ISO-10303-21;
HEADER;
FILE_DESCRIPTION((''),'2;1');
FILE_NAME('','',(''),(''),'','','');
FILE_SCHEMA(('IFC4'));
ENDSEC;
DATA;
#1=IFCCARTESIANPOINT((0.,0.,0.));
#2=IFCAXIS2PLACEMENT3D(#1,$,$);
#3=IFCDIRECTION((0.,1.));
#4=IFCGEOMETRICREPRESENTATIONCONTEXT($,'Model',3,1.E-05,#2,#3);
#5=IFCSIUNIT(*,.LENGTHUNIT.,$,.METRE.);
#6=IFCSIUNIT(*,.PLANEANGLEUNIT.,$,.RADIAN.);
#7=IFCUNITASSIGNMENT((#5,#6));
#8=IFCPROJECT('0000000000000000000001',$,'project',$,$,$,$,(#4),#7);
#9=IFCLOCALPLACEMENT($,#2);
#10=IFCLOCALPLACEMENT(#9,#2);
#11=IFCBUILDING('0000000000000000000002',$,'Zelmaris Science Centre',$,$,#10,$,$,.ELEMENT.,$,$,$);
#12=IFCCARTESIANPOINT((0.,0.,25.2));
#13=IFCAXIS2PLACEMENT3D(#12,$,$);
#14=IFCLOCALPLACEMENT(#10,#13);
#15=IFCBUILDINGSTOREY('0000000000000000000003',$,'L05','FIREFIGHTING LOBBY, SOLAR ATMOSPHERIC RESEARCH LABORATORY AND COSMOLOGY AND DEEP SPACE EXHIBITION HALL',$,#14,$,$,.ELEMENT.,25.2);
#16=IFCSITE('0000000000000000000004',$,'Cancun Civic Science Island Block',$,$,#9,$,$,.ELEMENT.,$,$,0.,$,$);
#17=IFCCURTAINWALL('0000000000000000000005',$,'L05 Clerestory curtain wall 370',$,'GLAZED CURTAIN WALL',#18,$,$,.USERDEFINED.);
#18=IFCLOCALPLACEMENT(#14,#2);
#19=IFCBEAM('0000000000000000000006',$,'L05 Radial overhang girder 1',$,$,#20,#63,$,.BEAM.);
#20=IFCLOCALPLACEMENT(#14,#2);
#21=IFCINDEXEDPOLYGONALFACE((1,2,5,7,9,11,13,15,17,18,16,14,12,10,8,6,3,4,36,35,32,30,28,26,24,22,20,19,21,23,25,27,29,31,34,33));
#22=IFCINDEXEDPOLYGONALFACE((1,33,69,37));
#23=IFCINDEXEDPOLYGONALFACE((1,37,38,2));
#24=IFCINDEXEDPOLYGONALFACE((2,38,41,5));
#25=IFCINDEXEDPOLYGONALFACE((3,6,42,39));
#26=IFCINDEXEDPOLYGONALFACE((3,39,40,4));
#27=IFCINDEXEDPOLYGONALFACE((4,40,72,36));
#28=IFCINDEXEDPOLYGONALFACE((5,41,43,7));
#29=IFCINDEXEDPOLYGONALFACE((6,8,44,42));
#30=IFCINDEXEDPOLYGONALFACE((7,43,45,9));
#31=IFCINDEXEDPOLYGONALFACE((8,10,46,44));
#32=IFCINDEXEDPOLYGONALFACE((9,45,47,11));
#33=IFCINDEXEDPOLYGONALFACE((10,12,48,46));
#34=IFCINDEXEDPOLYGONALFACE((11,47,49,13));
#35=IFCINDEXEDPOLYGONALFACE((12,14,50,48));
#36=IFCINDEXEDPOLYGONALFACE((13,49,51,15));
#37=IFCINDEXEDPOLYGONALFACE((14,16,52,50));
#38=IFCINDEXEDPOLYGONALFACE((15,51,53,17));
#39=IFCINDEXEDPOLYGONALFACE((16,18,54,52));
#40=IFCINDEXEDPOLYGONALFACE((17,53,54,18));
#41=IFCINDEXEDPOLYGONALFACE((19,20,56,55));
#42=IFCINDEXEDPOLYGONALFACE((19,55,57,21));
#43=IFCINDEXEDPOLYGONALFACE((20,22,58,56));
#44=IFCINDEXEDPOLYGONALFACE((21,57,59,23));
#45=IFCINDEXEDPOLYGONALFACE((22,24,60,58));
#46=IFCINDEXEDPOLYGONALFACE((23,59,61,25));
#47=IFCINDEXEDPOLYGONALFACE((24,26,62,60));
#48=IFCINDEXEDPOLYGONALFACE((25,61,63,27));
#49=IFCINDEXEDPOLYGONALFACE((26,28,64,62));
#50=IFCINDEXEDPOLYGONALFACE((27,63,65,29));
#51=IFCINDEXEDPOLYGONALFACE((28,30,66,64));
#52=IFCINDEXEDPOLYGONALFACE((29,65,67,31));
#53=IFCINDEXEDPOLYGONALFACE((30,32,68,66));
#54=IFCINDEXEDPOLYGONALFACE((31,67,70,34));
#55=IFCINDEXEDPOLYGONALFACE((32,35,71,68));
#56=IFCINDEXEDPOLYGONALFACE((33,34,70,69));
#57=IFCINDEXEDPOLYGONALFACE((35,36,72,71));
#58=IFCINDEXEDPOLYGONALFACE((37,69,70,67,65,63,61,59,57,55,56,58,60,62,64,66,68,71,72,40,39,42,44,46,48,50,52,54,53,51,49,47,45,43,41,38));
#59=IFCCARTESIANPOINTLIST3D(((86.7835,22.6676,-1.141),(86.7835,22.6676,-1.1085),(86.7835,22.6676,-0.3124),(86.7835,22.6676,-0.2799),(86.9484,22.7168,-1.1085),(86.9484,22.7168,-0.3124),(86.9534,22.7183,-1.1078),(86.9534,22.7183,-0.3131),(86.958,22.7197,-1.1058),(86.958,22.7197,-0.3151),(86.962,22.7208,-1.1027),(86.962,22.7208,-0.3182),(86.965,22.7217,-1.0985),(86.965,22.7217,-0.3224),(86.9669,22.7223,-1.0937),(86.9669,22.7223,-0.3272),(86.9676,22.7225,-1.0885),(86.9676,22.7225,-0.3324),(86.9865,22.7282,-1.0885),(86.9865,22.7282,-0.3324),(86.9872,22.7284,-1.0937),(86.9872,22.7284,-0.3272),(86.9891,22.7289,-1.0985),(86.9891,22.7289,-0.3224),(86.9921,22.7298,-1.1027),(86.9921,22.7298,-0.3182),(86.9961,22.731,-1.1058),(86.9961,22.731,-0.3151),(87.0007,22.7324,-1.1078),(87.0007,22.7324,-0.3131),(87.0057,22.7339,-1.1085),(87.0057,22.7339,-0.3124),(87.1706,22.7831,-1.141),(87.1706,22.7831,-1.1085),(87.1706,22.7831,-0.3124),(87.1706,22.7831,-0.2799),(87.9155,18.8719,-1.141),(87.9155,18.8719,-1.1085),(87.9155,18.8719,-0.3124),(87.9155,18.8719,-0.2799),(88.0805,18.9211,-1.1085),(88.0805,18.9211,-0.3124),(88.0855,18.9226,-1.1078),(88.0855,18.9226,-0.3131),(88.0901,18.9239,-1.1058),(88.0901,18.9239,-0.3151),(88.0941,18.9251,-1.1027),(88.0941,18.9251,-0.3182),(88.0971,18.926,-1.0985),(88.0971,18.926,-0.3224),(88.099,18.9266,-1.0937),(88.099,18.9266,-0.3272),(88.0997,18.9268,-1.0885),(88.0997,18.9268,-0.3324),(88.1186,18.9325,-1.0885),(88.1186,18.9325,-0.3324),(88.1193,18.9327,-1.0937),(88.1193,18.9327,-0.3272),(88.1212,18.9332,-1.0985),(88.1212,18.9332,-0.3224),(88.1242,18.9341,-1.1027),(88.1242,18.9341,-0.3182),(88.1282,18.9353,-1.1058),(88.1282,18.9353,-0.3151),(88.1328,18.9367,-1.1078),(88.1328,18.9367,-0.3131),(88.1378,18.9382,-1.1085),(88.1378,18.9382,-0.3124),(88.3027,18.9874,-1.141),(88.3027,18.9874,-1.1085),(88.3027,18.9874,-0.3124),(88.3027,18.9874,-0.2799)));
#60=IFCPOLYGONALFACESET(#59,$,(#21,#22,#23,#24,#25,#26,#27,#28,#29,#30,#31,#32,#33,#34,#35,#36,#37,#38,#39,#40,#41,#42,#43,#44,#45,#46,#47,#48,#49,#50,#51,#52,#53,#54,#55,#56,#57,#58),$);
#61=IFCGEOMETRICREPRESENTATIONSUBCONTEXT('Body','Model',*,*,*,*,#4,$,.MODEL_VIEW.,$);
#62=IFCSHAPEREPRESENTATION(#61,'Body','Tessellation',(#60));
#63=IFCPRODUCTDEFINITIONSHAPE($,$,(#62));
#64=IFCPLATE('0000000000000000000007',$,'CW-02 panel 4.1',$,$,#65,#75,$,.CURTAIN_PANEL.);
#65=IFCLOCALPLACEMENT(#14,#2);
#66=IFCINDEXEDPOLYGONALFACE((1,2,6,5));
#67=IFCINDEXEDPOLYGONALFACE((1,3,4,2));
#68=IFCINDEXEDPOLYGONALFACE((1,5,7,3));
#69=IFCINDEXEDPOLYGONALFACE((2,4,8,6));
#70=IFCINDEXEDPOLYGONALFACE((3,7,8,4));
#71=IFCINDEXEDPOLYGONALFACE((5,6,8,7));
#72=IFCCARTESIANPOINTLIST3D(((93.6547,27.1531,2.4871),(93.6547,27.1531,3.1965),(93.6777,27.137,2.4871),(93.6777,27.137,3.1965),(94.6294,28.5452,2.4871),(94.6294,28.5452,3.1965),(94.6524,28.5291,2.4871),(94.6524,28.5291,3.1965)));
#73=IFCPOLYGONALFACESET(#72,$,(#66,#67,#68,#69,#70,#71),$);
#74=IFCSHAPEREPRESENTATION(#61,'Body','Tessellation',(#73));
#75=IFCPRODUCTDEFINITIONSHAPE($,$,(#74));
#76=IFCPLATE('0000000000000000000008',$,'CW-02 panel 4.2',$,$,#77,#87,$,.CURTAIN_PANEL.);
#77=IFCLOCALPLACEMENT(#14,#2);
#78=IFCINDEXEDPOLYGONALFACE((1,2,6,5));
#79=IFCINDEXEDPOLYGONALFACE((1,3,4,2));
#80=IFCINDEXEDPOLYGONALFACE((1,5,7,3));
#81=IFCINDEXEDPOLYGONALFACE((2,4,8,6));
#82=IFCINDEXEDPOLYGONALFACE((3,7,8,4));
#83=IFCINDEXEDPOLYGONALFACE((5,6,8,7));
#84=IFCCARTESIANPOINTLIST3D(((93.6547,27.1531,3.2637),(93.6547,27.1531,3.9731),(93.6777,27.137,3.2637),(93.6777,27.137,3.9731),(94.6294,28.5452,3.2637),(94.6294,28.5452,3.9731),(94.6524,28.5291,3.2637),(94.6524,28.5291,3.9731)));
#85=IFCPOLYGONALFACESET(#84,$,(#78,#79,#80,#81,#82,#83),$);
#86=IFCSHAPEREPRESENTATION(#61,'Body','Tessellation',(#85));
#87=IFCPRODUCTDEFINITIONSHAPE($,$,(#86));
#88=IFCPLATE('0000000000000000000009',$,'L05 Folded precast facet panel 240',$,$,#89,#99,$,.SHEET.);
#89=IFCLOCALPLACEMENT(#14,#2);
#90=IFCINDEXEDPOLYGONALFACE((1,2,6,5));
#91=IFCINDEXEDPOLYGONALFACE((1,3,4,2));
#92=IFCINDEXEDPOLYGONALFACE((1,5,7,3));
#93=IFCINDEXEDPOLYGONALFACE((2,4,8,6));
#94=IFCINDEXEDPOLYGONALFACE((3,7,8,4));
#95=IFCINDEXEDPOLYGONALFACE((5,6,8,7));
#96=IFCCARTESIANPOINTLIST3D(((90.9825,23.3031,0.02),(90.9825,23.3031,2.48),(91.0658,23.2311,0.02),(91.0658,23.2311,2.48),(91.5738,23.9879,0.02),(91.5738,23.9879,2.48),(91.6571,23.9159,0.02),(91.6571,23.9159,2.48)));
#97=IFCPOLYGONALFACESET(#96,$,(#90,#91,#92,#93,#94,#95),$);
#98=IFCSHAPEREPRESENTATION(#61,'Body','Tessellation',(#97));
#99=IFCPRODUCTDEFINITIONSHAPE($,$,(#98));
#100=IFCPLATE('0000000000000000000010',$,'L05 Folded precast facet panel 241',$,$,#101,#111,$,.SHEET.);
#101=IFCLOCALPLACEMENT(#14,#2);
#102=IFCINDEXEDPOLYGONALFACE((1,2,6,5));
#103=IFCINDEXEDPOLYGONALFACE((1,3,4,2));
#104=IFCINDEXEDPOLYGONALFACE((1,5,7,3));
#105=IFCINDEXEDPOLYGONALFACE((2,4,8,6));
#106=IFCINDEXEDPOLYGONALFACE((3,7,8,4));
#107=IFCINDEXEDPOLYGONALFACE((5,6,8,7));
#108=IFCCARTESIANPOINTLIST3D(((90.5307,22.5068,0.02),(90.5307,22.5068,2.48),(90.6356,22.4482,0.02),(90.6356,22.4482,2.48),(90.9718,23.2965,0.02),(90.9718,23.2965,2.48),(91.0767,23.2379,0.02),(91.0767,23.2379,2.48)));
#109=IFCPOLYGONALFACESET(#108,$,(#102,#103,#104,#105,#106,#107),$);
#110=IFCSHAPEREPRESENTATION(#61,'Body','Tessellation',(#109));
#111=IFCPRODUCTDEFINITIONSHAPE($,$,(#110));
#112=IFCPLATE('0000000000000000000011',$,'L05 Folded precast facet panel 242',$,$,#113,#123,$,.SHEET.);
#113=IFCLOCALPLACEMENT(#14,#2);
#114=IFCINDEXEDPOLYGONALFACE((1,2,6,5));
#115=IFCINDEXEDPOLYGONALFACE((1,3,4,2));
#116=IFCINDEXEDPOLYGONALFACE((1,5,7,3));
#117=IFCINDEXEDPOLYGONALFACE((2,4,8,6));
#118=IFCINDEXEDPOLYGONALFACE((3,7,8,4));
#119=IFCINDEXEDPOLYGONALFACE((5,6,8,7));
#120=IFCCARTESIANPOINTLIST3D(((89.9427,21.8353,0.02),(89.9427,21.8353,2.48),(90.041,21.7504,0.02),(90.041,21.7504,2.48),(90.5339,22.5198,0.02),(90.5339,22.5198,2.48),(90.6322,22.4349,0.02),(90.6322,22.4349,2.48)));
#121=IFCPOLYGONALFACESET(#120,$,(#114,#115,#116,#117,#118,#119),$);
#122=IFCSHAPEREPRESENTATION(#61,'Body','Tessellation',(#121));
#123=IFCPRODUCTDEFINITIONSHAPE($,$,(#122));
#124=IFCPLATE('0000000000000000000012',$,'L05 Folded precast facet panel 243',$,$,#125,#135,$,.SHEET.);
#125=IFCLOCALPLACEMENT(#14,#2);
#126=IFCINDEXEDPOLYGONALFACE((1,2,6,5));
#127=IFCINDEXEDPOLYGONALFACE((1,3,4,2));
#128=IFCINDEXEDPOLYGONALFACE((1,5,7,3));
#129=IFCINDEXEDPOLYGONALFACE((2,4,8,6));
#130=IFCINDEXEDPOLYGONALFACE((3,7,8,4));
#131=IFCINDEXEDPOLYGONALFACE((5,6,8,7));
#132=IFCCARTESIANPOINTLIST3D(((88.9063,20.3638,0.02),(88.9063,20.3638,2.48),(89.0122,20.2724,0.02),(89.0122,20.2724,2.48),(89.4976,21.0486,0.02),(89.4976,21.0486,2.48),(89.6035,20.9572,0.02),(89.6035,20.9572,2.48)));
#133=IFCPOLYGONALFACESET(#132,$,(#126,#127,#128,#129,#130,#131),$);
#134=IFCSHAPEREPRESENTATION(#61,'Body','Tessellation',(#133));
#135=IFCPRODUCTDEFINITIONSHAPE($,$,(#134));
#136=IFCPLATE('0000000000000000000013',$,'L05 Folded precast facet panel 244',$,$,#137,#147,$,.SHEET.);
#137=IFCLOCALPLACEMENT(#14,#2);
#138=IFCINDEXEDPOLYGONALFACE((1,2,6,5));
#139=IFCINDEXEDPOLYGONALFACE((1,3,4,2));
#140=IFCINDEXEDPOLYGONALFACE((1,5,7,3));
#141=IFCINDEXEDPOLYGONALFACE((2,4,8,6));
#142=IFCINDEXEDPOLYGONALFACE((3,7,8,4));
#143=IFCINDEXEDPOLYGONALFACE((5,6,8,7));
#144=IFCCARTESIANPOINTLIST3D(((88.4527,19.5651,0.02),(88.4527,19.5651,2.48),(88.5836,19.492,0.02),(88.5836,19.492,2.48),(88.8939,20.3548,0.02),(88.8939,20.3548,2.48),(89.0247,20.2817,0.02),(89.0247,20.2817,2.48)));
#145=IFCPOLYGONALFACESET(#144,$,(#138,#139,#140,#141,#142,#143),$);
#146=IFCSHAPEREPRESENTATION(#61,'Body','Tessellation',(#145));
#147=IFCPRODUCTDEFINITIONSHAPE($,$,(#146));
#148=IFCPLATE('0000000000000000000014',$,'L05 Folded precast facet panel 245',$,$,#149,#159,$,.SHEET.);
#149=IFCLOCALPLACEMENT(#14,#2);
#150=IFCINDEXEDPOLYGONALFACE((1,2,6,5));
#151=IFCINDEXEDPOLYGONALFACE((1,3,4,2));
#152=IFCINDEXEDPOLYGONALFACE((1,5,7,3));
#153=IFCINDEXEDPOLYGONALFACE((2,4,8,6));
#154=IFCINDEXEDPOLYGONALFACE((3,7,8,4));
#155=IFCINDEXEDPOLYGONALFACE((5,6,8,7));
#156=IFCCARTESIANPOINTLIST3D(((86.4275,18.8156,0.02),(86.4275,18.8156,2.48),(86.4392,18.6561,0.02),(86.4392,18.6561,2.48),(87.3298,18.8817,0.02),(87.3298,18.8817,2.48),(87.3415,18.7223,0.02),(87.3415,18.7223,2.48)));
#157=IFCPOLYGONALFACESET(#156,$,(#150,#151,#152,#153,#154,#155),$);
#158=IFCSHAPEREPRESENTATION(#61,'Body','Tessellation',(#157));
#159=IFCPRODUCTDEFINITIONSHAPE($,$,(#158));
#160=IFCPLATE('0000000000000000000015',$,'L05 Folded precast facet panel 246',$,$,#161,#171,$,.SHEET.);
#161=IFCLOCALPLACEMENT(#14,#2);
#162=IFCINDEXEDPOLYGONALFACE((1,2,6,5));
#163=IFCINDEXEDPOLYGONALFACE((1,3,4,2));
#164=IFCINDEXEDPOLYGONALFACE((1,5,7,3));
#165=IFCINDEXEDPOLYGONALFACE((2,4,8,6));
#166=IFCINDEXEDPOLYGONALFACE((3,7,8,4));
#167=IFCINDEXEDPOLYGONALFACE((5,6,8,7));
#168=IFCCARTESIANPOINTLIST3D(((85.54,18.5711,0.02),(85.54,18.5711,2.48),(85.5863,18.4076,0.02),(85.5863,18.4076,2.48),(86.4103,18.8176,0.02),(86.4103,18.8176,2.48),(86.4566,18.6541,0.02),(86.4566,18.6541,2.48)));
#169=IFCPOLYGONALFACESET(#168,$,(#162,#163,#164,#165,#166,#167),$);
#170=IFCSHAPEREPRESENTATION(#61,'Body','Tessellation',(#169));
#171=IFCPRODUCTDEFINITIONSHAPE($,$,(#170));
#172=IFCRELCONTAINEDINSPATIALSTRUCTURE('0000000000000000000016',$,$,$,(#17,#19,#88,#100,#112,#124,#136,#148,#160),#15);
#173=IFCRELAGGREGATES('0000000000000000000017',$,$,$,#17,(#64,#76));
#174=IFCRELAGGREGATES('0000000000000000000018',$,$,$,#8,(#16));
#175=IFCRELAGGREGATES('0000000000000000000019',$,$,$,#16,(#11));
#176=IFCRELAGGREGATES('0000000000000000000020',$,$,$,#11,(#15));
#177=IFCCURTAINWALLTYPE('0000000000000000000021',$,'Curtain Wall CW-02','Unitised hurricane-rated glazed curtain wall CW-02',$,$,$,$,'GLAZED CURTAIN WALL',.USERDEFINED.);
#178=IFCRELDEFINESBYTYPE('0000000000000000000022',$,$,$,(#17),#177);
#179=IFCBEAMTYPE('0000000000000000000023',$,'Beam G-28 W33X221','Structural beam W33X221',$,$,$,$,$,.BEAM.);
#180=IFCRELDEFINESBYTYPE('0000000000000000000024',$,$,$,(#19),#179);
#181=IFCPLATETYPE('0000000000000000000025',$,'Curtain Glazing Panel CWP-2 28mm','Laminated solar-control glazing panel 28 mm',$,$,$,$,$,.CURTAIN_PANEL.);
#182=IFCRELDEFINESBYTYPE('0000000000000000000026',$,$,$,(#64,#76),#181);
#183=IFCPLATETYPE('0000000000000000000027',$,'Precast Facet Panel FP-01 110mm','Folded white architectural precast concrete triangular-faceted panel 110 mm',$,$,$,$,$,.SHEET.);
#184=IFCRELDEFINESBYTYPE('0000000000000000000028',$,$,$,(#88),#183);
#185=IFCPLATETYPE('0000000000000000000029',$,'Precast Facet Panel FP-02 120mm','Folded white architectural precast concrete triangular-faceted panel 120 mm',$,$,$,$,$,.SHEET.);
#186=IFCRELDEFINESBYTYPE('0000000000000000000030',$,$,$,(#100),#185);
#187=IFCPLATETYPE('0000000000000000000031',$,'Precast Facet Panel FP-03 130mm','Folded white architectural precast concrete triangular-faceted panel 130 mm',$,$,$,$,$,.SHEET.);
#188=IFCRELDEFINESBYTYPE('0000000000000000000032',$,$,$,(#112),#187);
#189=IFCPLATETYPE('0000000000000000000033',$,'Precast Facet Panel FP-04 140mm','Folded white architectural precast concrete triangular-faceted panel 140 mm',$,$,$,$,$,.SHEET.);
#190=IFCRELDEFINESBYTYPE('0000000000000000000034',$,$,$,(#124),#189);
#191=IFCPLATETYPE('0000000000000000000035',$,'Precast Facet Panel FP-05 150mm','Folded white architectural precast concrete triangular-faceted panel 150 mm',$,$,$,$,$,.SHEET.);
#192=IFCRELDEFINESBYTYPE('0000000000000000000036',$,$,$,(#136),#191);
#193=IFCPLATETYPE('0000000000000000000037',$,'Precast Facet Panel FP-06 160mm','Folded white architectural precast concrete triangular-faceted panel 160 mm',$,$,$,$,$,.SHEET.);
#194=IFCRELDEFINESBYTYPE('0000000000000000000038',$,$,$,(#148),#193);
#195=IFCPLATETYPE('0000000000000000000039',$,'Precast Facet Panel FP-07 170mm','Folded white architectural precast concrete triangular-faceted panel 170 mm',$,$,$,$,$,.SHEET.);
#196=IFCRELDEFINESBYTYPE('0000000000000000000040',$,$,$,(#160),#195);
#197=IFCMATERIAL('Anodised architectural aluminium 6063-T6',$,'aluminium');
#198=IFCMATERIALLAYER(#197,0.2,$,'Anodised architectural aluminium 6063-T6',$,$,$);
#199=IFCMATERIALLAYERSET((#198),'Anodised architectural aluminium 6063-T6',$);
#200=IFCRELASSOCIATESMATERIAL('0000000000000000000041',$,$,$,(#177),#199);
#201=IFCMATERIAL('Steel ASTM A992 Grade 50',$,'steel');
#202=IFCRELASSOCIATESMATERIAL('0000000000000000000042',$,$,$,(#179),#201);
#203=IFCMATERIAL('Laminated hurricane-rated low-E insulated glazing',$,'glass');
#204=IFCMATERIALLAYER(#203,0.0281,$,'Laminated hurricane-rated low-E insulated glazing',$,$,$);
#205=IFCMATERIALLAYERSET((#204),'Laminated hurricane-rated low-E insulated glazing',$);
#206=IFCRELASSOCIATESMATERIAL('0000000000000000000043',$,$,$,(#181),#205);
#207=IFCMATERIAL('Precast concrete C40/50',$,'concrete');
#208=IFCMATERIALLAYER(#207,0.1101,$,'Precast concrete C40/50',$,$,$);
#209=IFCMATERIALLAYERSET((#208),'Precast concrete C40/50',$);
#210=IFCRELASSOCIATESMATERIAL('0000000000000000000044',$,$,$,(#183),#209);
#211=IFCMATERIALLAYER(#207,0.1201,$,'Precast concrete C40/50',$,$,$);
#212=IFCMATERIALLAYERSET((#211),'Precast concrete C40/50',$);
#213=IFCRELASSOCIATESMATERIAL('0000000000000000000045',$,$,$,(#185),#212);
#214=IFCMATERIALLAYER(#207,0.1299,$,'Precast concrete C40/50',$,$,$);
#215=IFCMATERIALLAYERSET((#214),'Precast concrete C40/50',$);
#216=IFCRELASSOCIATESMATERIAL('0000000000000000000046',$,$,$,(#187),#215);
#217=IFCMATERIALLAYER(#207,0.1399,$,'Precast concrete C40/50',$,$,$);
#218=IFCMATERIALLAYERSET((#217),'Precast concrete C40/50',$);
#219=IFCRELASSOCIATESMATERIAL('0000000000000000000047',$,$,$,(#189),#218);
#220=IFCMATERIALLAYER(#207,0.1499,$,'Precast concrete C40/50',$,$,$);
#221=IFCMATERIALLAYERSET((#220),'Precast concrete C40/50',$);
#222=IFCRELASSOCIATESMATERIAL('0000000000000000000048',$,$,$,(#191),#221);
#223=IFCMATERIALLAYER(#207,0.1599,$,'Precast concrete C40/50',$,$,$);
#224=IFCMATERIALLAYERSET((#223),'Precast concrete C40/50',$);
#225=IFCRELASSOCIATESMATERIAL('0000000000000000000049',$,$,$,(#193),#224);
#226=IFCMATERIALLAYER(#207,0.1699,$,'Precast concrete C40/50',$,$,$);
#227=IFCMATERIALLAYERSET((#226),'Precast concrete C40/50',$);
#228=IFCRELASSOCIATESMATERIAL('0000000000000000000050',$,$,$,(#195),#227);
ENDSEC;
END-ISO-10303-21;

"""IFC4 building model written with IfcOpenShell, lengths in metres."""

from ifc_helpers import new_model, si_unit, direction, frame, frame_2d, origin, origin_2d, place, context, subcontext, project, spatial, rectangle, i_section, extrude, material, layer, layer_set, material_profile, profile_set, type_object, element, aggregate, save


model = new_model("IFC4")

# Units and contexts
model_context = context("Model", 3, precision=1e-05, world=origin(), true_north=direction((0.0, 1.0)))
body_context = subcontext(model_context, "Body", "Model", "MODEL_VIEW")
ifc_project = project(units=[si_unit("LENGTHUNIT", "METRE"), si_unit("PLANEANGLEUNIT", "RADIAN")], contexts=[model_context])

# Site, building, storey
site_placement = place(None, origin())
site = spatial("IfcSite", under=ifc_project, at=site_placement, Name="Cancun Civic Science Island Block", CompositionType="ELEMENT", RefElevation=0.0)
building_placement = place(site_placement, origin())
building = spatial("IfcBuilding", under=site, at=building_placement, Name="Zelmaris Science Centre", CompositionType="ELEMENT")
storey_placement = place(building_placement, frame((0.0, 0.0, 25.2)))
storey = spatial("IfcBuildingStorey", under=building, at=storey_placement, Name="L05", Description="FIREFIGHTING LOBBY, SOLAR ATMOSPHERIC RESEARCH LABORATORY AND COSMOLOGY AND DEEP SPACE EXHIBITION HALL", CompositionType="ELEMENT", Elevation=25.2)

# Shared definitions
ifc_material_1 = material(Name="Steel ASTM A992 Grade 50", Category="steel")

# Curtain wall
ifc_material_2 = material(Name="Anodised architectural aluminium 6063-T6", Category="aluminium")
ifc_layer_1 = layer(ifc_material_2, 0.2, Name="Anodised architectural aluminium 6063-T6")
ifc_layer_set_1 = layer_set([ifc_layer_1], Name="Anodised architectural aluminium 6063-T6")
curtain_wall_type = type_object("IfcCurtainWallType", Name="Curtain Wall CW-02", Description="Unitised hurricane-rated glazed curtain wall CW-02", ElementType="GLAZED CURTAIN WALL", PredefinedType="USERDEFINED", material=ifc_layer_set_1)
curtain_wall_placement = place(storey_placement, origin())
curtain_wall = element("IfcCurtainWall", 1, at=curtain_wall_placement, inside=storey, type_object=curtain_wall_type, Name="L05 Clerestory curtain wall 370", ObjectType="GLAZED CURTAIN WALL", PredefinedType="USERDEFINED")

# Beam
ifc_material_profile_1 = material_profile(ifc_material_1, i_section(OverallWidth=0.4041, OverallDepth=0.8611, WebThickness=0.0198, FlangeThickness=0.0325, FilletRadius=0.02, at=origin_2d()), Name="W33X221")
ifc_profile_set_1 = profile_set([ifc_material_profile_1], Name="Steel ASTM A992 Grade 50")
beam_type_1 = type_object("IfcBeamType", Name="Beam G-28 W33X221", Description="Structural beam W33X221", PredefinedType="BEAM", material=ifc_profile_set_1)
beam_1_placement = place(storey_placement, frame((86.9771, 22.7253, -0.7104), z_axis=(0.285815, -0.958285, 0.0), x_axis=(0.958285, 0.285815, 0.0)))
element("IfcBeam", 2, at=beam_1_placement, inside=storey, type_object=beam_type_1, Name="L05 Radial overhang girder 1", PredefinedType="BEAM", context=body_context, shape_type="SweptSolid", body=[
    extrude(i_section(OverallWidth=0.4041, OverallDepth=0.8611, WebThickness=0.0198, FlangeThickness=0.0325, FilletRadius=0.02, at=origin_2d()), origin(), (0.0, 0.0, 1.0), 3.9609),
])

# Plates
ifc_material_3 = material(Name="Laminated hurricane-rated low-E insulated glazing", Category="glass")
ifc_layer_2 = layer(ifc_material_3, 0.0281, Name="Laminated hurricane-rated low-E insulated glazing")
ifc_layer_set_2 = layer_set([ifc_layer_2], Name="Laminated hurricane-rated low-E insulated glazing")
plate_type_1 = type_object("IfcPlateType", Name="Curtain Glazing Panel CWP-2 28mm", Description="Laminated solar-control glazing panel 28 mm", PredefinedType="CURTAIN_PANEL", material=ifc_layer_set_2)
plate_1_placement = place(storey_placement, frame((94.1536, 27.8411, 2.4871), z_axis=(0.0, 0.0, 1.0), x_axis=(-0.573574, -0.819153, 0.0)))
plate_1 = element("IfcPlate", 3, at=plate_1_placement, type_object=plate_type_1, Name="CW-02 panel 4.1", PredefinedType="CURTAIN_PANEL", context=body_context, shape_type="SweptSolid", body=[
    extrude(rectangle(XDim=1.6995, YDim=0.0281, at=origin_2d()), origin(), (0.0, 0.0, 1.0), 0.7095),
])
plate_2_placement = place(storey_placement, frame((94.1536, 27.8411, 3.2637), z_axis=(0.0, 0.0, 1.0), x_axis=(-0.573574, -0.819153, 0.0)))
plate_2 = element("IfcPlate", 4, at=plate_2_placement, type_object=plate_type_1, Name="CW-02 panel 4.2", PredefinedType="CURTAIN_PANEL", context=body_context, shape_type="SweptSolid", body=[
    extrude(rectangle(XDim=1.6995, YDim=0.0281, at=origin_2d()), origin(), (0.0, 0.0, 1.0), 0.7095),
])
aggregate(curtain_wall, [plate_1, plate_2])

# Plates
ifc_material_4 = material(Name="Precast concrete C40/50", Category="concrete")
ifc_layer_3 = layer(ifc_material_4, 0.1101, Name="Precast concrete C40/50")
ifc_layer_set_3 = layer_set([ifc_layer_3], Name="Precast concrete C40/50")
plate_type_2 = type_object("IfcPlateType", Name="Precast Facet Panel FP-01 110mm", Description="Folded white architectural precast concrete triangular-faceted panel 110 mm", PredefinedType="SHEET", material=ifc_layer_set_3)
plate_3_placement = place(storey_placement, frame((91.6155, 23.9519, 0.02), z_axis=(0.0, 0.0, 1.0), x_axis=(-0.653543, -0.75689, 0.0)))
element("IfcPlate", 5, at=plate_3_placement, inside=storey, type_object=plate_type_2, Name="L05 Folded precast facet panel 240", PredefinedType="SHEET", context=body_context, shape_type="SweptSolid", body=[
    extrude(rectangle(XDim=0.9048, YDim=0.1101, at=frame_2d((0.4524, 0.0))), origin(), (0.0, 0.0, 1.0), 2.46),
])
ifc_layer_4 = layer(ifc_material_4, 0.1201, Name="Precast concrete C40/50")
ifc_layer_set_4 = layer_set([ifc_layer_4], Name="Precast concrete C40/50")
plate_type_3 = type_object("IfcPlateType", Name="Precast Facet Panel FP-02 120mm", Description="Folded white architectural precast concrete triangular-faceted panel 120 mm", PredefinedType="SHEET", material=ifc_layer_set_4)
plate_4_placement = place(storey_placement, frame((91.0242, 23.2671, 0.02), z_axis=(0.0, 0.0, 1.0), x_axis=(-0.487658, -0.873035, 0.0)))
element("IfcPlate", 6, at=plate_4_placement, inside=storey, type_object=plate_type_3, Name="L05 Folded precast facet panel 241", PredefinedType="SHEET", context=body_context, shape_type="SweptSolid", body=[
    extrude(rectangle(XDim=0.9045, YDim=0.1201, at=frame_2d((0.4521, 0.0))), origin(), (0.0, 0.0, 1.0), 2.46),
])
ifc_layer_5 = layer(ifc_material_4, 0.1299, Name="Precast concrete C40/50")
ifc_layer_set_5 = layer_set([ifc_layer_5], Name="Precast concrete C40/50")
plate_type_4 = type_object("IfcPlateType", Name="Precast Facet Panel FP-03 130mm", Description="Folded white architectural precast concrete triangular-faceted panel 130 mm", PredefinedType="SHEET", material=ifc_layer_set_5)
plate_5_placement = place(storey_placement, frame((90.583, 22.4773, 0.02), z_axis=(0.0, 0.0, 1.0), x_axis=(-0.653676, -0.756774, 0.0)))
element("IfcPlate", 7, at=plate_5_placement, inside=storey, type_object=plate_type_4, Name="L05 Folded precast facet panel 242", PredefinedType="SHEET", context=body_context, shape_type="SweptSolid", body=[
    extrude(rectangle(XDim=0.9045, YDim=0.1299, at=frame_2d((0.4521, 0.0))), origin(), (0.0, 0.0, 1.0), 2.46),
])
ifc_layer_6 = layer(ifc_material_4, 0.1399, Name="Precast concrete C40/50")
ifc_layer_set_6 = layer_set([ifc_layer_6], Name="Precast concrete C40/50")
plate_type_5 = type_object("IfcPlateType", Name="Precast Facet Panel FP-04 140mm", Description="Folded white architectural precast concrete triangular-faceted panel 140 mm", PredefinedType="SHEET", material=ifc_layer_set_6)
plate_6_placement = place(storey_placement, frame((89.5505, 21.0029, 0.02), z_axis=(0.0, 0.0, 1.0), x_axis=(-0.653543, -0.75689, 0.0)))
element("IfcPlate", 8, at=plate_6_placement, inside=storey, type_object=plate_type_5, Name="L05 Folded precast facet panel 243", PredefinedType="SHEET", context=body_context, shape_type="SweptSolid", body=[
    extrude(rectangle(XDim=0.9048, YDim=0.1399, at=frame_2d((0.4524, 0.0))), origin(), (0.0, 0.0, 1.0), 2.46),
])
ifc_layer_7 = layer(ifc_material_4, 0.1499, Name="Precast concrete C40/50")
ifc_layer_set_7 = layer_set([ifc_layer_7], Name="Precast concrete C40/50")
plate_type_6 = type_object("IfcPlateType", Name="Precast Facet Panel FP-05 150mm", Description="Folded white architectural precast concrete triangular-faceted panel 150 mm", PredefinedType="SHEET", material=ifc_layer_set_7)
plate_7_placement = place(storey_placement, frame((88.9592, 20.3181, 0.02), z_axis=(0.0, 0.0, 1.0), x_axis=(-0.487658, -0.873035, 0.0)))
element("IfcPlate", 9, at=plate_7_placement, inside=storey, type_object=plate_type_6, Name="L05 Folded precast facet panel 244", PredefinedType="SHEET", context=body_context, shape_type="SweptSolid", body=[
    extrude(rectangle(XDim=0.9045, YDim=0.1499, at=frame_2d((0.4521, 0.0))), origin(), (0.0, 0.0, 1.0), 2.46),
])
ifc_layer_8 = layer(ifc_material_4, 0.1599, Name="Precast concrete C40/50")
ifc_layer_set_8 = layer_set([ifc_layer_8], Name="Precast concrete C40/50")
plate_type_7 = type_object("IfcPlateType", Name="Precast Facet Panel FP-06 160mm", Description="Folded white architectural precast concrete triangular-faceted panel 160 mm", PredefinedType="SHEET", material=ifc_layer_set_8)
plate_8_placement = place(storey_placement, frame((87.3357, 18.802, 0.02), z_axis=(0.0, 0.0, 1.0), x_axis=(-0.997323, -0.073126, 0.0)))
element("IfcPlate", 10, at=plate_8_placement, inside=storey, type_object=plate_type_7, Name="L05 Folded precast facet panel 245", PredefinedType="SHEET", context=body_context, shape_type="SweptSolid", body=[
    extrude(rectangle(XDim=0.9048, YDim=0.1599, at=frame_2d((0.4524, 0.0))), origin(), (0.0, 0.0, 1.0), 2.46),
])
ifc_layer_9 = layer(ifc_material_4, 0.1699, Name="Precast concrete C40/50")
ifc_layer_set_9 = layer_set([ifc_layer_9], Name="Precast concrete C40/50")
plate_type_8 = type_object("IfcPlateType", Name="Precast Facet Panel FP-07 170mm", Description="Folded white architectural precast concrete triangular-faceted panel 170 mm", PredefinedType="SHEET", material=ifc_layer_set_9)
plate_9_placement = place(storey_placement, frame((86.4333, 18.7358, 0.02), z_axis=(0.0, 0.0, 1.0), x_axis=(-0.962133, -0.272582, 0.0)))
element("IfcPlate", 11, at=plate_9_placement, inside=storey, type_object=plate_type_8, Name="L05 Folded precast facet panel 246", PredefinedType="SHEET", context=body_context, shape_type="SweptSolid", body=[
    extrude(rectangle(XDim=0.9045, YDim=0.1699, at=frame_2d((0.4521, 0.0))), origin(), (0.0, 0.0, 1.0), 2.46),
])

save(model, "model.ifc")
